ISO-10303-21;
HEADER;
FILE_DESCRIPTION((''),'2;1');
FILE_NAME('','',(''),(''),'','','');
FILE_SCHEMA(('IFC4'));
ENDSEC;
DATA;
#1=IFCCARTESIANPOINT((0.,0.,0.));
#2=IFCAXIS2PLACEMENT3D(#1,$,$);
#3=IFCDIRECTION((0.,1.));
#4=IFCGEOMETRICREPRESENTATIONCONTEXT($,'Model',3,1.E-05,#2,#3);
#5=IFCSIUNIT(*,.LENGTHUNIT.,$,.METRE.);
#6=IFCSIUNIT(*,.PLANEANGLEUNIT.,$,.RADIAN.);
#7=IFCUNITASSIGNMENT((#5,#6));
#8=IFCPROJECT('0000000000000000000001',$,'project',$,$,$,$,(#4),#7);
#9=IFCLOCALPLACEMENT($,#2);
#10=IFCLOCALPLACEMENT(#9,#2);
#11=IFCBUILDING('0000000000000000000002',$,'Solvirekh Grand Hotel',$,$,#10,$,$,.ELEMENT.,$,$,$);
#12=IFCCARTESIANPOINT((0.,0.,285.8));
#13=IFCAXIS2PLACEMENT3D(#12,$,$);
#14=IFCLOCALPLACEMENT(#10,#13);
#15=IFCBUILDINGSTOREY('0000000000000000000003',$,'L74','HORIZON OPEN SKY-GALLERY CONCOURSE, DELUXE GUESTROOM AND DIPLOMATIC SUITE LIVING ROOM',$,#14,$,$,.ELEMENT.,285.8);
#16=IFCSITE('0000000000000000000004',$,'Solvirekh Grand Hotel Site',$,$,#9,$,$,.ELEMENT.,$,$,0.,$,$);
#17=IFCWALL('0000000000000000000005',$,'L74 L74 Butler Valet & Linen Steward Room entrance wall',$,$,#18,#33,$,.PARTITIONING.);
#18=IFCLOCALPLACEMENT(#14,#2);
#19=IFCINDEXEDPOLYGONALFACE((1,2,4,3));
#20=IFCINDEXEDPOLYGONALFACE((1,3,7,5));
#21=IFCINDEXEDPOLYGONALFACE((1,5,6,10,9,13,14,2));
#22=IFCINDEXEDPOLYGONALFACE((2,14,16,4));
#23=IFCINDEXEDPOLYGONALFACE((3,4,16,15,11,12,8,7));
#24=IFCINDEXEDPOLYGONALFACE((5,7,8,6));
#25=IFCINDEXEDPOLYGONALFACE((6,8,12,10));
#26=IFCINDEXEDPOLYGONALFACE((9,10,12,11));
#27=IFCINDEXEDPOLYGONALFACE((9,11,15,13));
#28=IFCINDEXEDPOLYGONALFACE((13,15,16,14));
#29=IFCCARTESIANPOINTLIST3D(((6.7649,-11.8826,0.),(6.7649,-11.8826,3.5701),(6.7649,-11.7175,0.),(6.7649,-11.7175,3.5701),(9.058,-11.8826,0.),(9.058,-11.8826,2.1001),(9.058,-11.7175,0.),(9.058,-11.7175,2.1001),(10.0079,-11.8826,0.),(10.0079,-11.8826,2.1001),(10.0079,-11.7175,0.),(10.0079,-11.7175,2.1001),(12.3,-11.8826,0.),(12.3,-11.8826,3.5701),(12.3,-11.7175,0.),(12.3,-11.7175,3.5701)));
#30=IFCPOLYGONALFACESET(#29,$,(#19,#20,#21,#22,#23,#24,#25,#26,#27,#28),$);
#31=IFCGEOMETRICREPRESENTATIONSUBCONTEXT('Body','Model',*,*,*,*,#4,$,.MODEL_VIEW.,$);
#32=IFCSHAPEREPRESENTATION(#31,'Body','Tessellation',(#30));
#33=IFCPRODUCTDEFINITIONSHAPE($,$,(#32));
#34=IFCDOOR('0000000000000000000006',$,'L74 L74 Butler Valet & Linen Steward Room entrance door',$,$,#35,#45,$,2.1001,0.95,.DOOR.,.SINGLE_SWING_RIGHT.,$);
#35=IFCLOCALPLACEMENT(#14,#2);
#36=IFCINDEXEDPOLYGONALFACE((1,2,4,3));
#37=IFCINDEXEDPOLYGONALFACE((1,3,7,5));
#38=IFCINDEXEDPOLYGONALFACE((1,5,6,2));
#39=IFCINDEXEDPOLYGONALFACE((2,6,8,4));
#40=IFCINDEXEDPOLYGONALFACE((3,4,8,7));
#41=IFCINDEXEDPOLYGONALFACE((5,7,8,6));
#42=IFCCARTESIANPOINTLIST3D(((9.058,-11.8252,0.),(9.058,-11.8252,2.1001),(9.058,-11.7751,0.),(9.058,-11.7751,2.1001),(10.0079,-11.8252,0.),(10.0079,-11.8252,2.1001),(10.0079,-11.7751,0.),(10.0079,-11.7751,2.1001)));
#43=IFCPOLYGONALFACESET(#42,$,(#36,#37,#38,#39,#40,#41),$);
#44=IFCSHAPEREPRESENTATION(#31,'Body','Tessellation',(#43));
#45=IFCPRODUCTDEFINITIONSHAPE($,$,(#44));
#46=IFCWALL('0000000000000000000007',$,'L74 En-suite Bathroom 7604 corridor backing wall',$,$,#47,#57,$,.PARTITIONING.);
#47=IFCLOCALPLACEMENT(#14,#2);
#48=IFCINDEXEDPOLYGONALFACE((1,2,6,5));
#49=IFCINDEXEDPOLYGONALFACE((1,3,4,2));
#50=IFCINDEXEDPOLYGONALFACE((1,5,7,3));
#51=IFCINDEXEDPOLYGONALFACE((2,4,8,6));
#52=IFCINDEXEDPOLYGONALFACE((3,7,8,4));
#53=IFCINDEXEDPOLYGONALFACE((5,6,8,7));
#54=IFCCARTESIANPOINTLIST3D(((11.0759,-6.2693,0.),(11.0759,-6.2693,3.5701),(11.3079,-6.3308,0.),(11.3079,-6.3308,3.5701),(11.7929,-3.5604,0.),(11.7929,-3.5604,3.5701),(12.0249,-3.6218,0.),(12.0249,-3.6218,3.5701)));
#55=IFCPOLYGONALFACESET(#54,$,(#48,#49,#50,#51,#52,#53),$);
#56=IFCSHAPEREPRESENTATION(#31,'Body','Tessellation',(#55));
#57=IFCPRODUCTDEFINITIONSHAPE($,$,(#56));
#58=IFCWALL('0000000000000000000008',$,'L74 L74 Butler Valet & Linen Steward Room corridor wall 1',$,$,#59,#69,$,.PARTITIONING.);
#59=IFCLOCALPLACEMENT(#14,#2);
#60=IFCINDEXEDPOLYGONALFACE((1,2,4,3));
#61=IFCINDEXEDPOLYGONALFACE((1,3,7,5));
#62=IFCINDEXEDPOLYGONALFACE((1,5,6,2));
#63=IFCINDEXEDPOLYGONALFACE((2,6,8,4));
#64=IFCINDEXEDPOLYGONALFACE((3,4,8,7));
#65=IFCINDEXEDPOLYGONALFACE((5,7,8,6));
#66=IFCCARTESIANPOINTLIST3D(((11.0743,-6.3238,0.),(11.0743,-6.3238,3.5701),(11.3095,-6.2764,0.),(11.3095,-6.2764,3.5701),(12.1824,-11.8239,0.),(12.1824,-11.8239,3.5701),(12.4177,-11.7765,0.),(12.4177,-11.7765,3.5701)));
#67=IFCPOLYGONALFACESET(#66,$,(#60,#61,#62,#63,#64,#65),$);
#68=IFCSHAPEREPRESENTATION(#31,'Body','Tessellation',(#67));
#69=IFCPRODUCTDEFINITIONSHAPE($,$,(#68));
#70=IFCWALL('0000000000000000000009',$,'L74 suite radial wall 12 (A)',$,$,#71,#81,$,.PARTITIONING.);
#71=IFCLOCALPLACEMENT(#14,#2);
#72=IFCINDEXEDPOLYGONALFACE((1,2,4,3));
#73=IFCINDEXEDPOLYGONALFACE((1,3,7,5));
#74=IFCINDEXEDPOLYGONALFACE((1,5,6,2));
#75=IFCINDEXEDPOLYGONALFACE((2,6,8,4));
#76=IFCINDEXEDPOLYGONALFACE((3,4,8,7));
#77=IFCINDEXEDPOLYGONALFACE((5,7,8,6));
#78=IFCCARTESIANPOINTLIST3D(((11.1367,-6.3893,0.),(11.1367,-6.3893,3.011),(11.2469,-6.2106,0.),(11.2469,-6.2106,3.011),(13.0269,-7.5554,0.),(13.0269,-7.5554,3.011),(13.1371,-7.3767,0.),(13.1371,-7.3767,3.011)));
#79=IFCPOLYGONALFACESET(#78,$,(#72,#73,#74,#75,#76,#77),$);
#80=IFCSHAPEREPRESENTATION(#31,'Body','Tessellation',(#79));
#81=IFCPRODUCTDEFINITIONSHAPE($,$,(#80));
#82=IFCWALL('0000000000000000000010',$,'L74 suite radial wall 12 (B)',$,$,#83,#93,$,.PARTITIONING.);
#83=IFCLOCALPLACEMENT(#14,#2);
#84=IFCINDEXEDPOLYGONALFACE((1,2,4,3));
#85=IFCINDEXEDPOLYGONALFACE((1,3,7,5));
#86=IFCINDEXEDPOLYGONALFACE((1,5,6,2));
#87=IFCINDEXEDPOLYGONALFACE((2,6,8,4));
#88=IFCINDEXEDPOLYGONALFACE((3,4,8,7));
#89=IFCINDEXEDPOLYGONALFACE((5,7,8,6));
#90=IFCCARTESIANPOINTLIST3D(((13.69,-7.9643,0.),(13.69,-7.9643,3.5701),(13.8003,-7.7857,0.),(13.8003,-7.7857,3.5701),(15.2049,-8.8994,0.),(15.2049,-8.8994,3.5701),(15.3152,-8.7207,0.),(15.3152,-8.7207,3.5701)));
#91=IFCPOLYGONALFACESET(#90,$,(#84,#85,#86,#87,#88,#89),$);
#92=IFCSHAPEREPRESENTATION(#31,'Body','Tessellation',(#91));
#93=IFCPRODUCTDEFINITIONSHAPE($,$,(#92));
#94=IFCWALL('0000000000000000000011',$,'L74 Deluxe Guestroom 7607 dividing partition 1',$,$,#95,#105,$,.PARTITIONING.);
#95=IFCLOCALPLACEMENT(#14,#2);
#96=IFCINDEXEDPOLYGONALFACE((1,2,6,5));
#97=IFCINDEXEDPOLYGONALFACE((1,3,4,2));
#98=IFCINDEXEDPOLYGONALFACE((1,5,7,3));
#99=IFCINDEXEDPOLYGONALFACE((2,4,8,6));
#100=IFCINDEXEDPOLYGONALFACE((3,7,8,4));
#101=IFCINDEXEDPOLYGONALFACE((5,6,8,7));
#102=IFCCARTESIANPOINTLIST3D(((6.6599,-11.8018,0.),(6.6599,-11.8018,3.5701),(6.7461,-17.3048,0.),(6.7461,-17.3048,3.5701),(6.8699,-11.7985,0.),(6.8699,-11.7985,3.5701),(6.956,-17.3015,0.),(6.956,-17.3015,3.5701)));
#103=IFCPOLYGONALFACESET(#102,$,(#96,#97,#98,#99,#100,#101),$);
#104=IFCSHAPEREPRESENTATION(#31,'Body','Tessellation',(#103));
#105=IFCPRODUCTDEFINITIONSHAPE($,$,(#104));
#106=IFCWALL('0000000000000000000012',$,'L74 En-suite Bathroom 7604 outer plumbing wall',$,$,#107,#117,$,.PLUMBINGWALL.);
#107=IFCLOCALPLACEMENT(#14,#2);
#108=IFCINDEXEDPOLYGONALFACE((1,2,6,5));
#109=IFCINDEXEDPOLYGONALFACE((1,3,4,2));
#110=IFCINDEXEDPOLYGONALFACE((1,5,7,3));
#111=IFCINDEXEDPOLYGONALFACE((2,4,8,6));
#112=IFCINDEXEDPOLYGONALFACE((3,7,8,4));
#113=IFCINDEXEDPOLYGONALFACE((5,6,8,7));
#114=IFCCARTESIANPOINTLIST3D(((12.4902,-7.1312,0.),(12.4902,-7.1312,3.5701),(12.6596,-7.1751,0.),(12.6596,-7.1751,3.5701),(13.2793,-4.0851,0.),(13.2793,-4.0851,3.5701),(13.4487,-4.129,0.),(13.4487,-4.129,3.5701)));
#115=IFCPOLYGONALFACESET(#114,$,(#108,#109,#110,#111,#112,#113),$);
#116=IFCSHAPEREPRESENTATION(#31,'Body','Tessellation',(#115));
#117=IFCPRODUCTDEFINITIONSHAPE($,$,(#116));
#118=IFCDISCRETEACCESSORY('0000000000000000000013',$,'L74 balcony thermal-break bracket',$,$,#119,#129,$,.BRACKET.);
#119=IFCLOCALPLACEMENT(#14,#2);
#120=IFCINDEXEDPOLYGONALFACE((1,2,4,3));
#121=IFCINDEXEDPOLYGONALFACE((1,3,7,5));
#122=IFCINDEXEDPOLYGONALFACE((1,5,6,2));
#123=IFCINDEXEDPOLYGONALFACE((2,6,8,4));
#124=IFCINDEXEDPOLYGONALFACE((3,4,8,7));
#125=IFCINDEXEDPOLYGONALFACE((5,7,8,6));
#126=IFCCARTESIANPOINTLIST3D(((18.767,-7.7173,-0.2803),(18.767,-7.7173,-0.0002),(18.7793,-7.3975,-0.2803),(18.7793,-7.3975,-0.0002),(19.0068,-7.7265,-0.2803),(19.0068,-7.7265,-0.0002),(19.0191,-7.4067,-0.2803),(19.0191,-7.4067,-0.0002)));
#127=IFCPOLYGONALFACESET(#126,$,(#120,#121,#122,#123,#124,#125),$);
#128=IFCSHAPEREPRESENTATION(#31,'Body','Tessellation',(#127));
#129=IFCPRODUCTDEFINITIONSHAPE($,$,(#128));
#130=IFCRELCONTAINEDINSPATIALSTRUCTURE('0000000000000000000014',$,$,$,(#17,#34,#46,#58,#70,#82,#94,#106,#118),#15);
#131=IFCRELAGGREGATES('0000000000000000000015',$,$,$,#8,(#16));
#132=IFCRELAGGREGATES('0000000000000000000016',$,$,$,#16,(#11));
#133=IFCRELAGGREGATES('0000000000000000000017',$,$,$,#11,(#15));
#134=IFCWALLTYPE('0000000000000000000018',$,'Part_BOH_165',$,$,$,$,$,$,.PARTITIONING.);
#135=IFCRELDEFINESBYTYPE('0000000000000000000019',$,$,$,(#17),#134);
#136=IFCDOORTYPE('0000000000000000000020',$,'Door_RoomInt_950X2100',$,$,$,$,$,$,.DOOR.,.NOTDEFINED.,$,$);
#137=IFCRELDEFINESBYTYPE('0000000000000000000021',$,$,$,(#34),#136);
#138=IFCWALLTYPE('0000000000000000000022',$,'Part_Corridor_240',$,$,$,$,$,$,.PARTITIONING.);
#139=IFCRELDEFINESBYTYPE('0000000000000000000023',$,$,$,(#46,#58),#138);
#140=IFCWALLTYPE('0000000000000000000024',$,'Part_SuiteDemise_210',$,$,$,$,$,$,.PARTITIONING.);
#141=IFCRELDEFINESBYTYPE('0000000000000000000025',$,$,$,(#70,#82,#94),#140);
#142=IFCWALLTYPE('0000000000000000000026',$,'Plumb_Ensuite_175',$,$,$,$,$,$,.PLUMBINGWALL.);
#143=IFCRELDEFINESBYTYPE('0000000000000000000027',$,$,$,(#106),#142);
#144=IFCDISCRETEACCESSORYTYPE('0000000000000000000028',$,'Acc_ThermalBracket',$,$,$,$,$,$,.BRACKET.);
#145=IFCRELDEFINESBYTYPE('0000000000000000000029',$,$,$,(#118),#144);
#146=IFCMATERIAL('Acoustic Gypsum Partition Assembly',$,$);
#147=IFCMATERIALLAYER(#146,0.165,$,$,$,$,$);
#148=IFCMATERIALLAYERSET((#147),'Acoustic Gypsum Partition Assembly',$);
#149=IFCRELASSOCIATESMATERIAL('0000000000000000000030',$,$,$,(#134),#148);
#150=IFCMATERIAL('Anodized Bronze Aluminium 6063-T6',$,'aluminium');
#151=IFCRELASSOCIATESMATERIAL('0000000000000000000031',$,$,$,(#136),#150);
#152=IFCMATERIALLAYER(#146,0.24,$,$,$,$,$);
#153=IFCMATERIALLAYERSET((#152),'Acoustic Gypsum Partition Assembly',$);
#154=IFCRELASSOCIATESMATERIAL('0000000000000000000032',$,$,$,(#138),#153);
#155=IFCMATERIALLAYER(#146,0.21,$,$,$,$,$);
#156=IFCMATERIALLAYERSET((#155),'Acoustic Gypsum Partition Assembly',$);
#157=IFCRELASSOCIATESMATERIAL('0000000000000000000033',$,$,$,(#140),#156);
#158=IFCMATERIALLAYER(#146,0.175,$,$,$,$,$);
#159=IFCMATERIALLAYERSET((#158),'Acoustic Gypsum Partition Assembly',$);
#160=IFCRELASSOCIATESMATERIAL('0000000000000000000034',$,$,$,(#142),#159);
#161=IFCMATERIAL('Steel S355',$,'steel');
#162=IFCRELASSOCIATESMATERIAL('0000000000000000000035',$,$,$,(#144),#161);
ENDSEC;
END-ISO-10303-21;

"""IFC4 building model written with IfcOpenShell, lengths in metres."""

from ifc_helpers import new_model, si_unit, direction, frame, frame_2d, origin, origin_2d, place, context, subcontext, project, spatial, rectangle, extrude, material, layer, layer_set, type_object, element, fill, save


model = new_model("IFC4")

# Units and contexts
model_context = context("Model", 3, precision=1e-05, world=origin(), true_north=direction((0.0, 1.0)))
body_context = subcontext(model_context, "Body", "Model", "MODEL_VIEW")
ifc_project = project(units=[si_unit("LENGTHUNIT", "METRE"), si_unit("PLANEANGLEUNIT", "RADIAN")], contexts=[model_context])

# Site, building, storey
site_placement = place(None, origin())
site = spatial("IfcSite", under=ifc_project, at=site_placement, Name="Solvirekh Grand Hotel Site", CompositionType="ELEMENT", RefElevation=0.0)
building_placement = place(site_placement, origin())
building = spatial("IfcBuilding", under=site, at=building_placement, Name="Solvirekh Grand Hotel", CompositionType="ELEMENT")
storey_placement = place(building_placement, frame((0.0, 0.0, 285.8)))
storey = spatial("IfcBuildingStorey", under=building, at=storey_placement, Name="L74", Description="HORIZON OPEN SKY-GALLERY CONCOURSE, DELUXE GUESTROOM AND DIPLOMATIC SUITE LIVING ROOM", CompositionType="ELEMENT", Elevation=285.8)

# Shared definitions
ifc_material_1 = material(Name="Steel S355", Category="steel")

# Shared definitions
ifc_material_2 = material(Name="Anodized Bronze Aluminium 6063-T6", Category="aluminium")

# Wall, opening, door
ifc_material_3 = material(Name="Acoustic Gypsum Partition Assembly")
ifc_layer_1 = layer(ifc_material_3, 0.165)
ifc_layer_set_1 = layer_set([ifc_layer_1], Name="Acoustic Gypsum Partition Assembly")
wall_type_1 = type_object("IfcWallType", Name="Part_BOH_165", PredefinedType="PARTITIONING", material=ifc_layer_set_1)
wall_1_placement = place(storey_placement, frame((6.7649, -11.8, 0.0), z_axis=(0.0, 0.0, 1.0), x_axis=(1.0, 0.0, 0.0)))
wall_1 = element("IfcWall", 1, at=wall_1_placement, inside=storey, type_object=wall_type_1, Name="L74 L74 Butler Valet & Linen Steward Room entrance wall", PredefinedType="PARTITIONING", context=body_context, shape_type="SweptSolid", body=[
    extrude(rectangle(XDim=5.5352, YDim=0.165, at=frame_2d((2.7676, 0.0))), origin(), (0.0, 0.0, 1.0), 3.5701),
])
opening_1_placement = place(wall_1_placement, frame((2.293, 0.0, 0.0)))
opening_1 = element("IfcOpeningElement", 2, at=opening_1_placement, cuts=wall_1, PredefinedType="OPENING", context=body_context, shape_type="SweptSolid", body=[
    extrude(rectangle(XDim=0.95, YDim=2.1001, at=frame_2d((0.4751, 1.05))), frame((0.0, 0.0925, 0.0), z_axis=(0.0, -1.0, 0.0), x_axis=(1.0, 0.0, 0.0)), (0.0, 0.0, 1.0), 0.1851),
])
door_type = type_object("IfcDoorType", Name="Door_RoomInt_950X2100", OperationType="NOTDEFINED", PredefinedType="DOOR", material=ifc_material_2)
door_placement = place(opening_1_placement, origin())
door = element("IfcDoor", 3, at=door_placement, inside=storey, type_object=door_type, Name="L74 L74 Butler Valet & Linen Steward Room entrance door", OperationType="SINGLE_SWING_RIGHT", OverallHeight=2.1001, OverallWidth=0.95, PredefinedType="DOOR", context=body_context, shape_type="SweptSolid", body=[
    extrude(rectangle(XDim=0.95, YDim=2.1001, at=frame_2d((0.4751, 1.05))), frame((0.0, 0.0249, 0.0), z_axis=(0.0, -1.0, 0.0), x_axis=(1.0, 0.0, 0.0)), (0.0, 0.0, 1.0), 0.05),
])
fill(opening_1, door)

# Walls
ifc_layer_2 = layer(ifc_material_3, 0.24)
ifc_layer_set_2 = layer_set([ifc_layer_2], Name="Acoustic Gypsum Partition Assembly")
wall_type_2 = type_object("IfcWallType", Name="Part_Corridor_240", PredefinedType="PARTITIONING", material=ifc_layer_set_2)
wall_2_placement = place(storey_placement, frame((11.1919, -6.3, 0.0), z_axis=(0.0, 0.0, 1.0), x_axis=(0.255878, 0.966709, 0.0)))
element("IfcWall", 4, at=wall_2_placement, inside=storey, type_object=wall_type_2, Name="L74 En-suite Bathroom 7604 corridor backing wall", PredefinedType="PARTITIONING", context=body_context, shape_type="SweptSolid", body=[
    extrude(rectangle(XDim=2.8022, YDim=0.24, at=frame_2d((1.4011, 0.0))), origin(), (0.0, 0.0, 1.0), 3.5701),
])
wall_3_placement = place(storey_placement, frame((12.3, -11.8, 0.0), z_axis=(0.0, 0.0, 1.0), x_axis=(-0.197513, 0.9803, 0.0)))
element("IfcWall", 5, at=wall_3_placement, inside=storey, type_object=wall_type_2, Name="L74 L74 Butler Valet & Linen Steward Room corridor wall 1", PredefinedType="PARTITIONING", context=body_context, shape_type="SweptSolid", body=[
    extrude(rectangle(XDim=5.6106, YDim=0.24, at=frame_2d((2.8052, 0.0))), origin(), (0.0, 0.0, 1.0), 3.5701),
])
ifc_layer_3 = layer(ifc_material_3, 0.21)
ifc_layer_set_3 = layer_set([ifc_layer_3], Name="Acoustic Gypsum Partition Assembly")
wall_type_3 = type_object("IfcWallType", Name="Part_SuiteDemise_210", PredefinedType="PARTITIONING", material=ifc_layer_set_3)
wall_4_placement = place(storey_placement, frame((11.1919, -6.3, 0.0), z_axis=(0.0, 0.0, 1.0), x_axis=(0.851084, -0.525029, 0.0)))
element("IfcWall", 6, at=wall_4_placement, inside=storey, type_object=wall_type_3, Name="L74 suite radial wall 12 (A)", PredefinedType="PARTITIONING", context=body_context, shape_type="SweptSolid", body=[
    extrude(rectangle(XDim=2.2209, YDim=0.21, at=frame_2d((1.1104, 0.0))), origin(), (0.0, 0.0, 1.0), 3.011),
])
wall_5_placement = place(storey_placement, frame((13.7451, -7.875, 0.0), z_axis=(0.0, 0.0, 1.0), x_axis=(0.850951, -0.525245, 0.0)))
element("IfcWall", 7, at=wall_5_placement, inside=storey, type_object=wall_type_3, Name="L74 suite radial wall 12 (B)", PredefinedType="PARTITIONING", context=body_context, shape_type="SweptSolid", body=[
    extrude(rectangle(XDim=1.7803, YDim=0.21, at=frame_2d((0.8901, 0.0))), origin(), (0.0, 0.0, 1.0), 3.5701),
])
wall_6_placement = place(storey_placement, frame((6.7649, -11.8, 0.0), z_axis=(0.0, 0.0, 1.0), x_axis=(0.015659, -0.999877, 0.0)))
element("IfcWall", 8, at=wall_6_placement, inside=storey, type_object=wall_type_3, Name="L74 Deluxe Guestroom 7607 dividing partition 1", PredefinedType="PARTITIONING", context=body_context, shape_type="SweptSolid", body=[
    extrude(rectangle(XDim=5.5037, YDim=0.21, at=frame_2d((2.752, 0.0))), origin(), (0.0, 0.0, 1.0), 3.5701),
])
ifc_layer_4 = layer(ifc_material_3, 0.175)
ifc_layer_set_4 = layer_set([ifc_layer_4], Name="Acoustic Gypsum Partition Assembly")
wall_type_4 = type_object("IfcWallType", Name="Plumb_Ensuite_175", PredefinedType="PLUMBINGWALL", material=ifc_layer_set_4)
wall_7_placement = place(storey_placement, frame((12.575, -7.1531, 0.0), z_axis=(0.0, 0.0, 1.0), x_axis=(0.25076, 0.968049, 0.0)))
element("IfcWall", 9, at=wall_7_placement, inside=storey, type_object=wall_type_4, Name="L74 En-suite Bathroom 7604 outer plumbing wall", PredefinedType="PLUMBINGWALL", context=body_context, shape_type="SweptSolid", body=[
    extrude(rectangle(XDim=3.1467, YDim=0.175, at=frame_2d((1.5732, 0.0))), origin(), (0.0, 0.0, 1.0), 3.5701),
])

# Discrete accessory
discrete_accessory_type = type_object("IfcDiscreteAccessoryType", Name="Acc_ThermalBracket", PredefinedType="BRACKET", material=ifc_material_1)
discrete_accessory_placement = place(storey_placement, frame((18.8931, -7.562, -0.2803), z_axis=(0.0, 0.0, 1.0), x_axis=(-0.038388, -0.999263, 0.0)))
element("IfcDiscreteAccessory", 10, at=discrete_accessory_placement, inside=storey, type_object=discrete_accessory_type, Name="L74 balcony thermal-break bracket", PredefinedType="BRACKET", context=body_context, shape_type="SweptSolid", body=[
    extrude(rectangle(XDim=0.3201, YDim=0.24, at=origin_2d()), origin(), (0.0, 0.0, 1.0), 0.28),
])

save(model, "model.ifc")
